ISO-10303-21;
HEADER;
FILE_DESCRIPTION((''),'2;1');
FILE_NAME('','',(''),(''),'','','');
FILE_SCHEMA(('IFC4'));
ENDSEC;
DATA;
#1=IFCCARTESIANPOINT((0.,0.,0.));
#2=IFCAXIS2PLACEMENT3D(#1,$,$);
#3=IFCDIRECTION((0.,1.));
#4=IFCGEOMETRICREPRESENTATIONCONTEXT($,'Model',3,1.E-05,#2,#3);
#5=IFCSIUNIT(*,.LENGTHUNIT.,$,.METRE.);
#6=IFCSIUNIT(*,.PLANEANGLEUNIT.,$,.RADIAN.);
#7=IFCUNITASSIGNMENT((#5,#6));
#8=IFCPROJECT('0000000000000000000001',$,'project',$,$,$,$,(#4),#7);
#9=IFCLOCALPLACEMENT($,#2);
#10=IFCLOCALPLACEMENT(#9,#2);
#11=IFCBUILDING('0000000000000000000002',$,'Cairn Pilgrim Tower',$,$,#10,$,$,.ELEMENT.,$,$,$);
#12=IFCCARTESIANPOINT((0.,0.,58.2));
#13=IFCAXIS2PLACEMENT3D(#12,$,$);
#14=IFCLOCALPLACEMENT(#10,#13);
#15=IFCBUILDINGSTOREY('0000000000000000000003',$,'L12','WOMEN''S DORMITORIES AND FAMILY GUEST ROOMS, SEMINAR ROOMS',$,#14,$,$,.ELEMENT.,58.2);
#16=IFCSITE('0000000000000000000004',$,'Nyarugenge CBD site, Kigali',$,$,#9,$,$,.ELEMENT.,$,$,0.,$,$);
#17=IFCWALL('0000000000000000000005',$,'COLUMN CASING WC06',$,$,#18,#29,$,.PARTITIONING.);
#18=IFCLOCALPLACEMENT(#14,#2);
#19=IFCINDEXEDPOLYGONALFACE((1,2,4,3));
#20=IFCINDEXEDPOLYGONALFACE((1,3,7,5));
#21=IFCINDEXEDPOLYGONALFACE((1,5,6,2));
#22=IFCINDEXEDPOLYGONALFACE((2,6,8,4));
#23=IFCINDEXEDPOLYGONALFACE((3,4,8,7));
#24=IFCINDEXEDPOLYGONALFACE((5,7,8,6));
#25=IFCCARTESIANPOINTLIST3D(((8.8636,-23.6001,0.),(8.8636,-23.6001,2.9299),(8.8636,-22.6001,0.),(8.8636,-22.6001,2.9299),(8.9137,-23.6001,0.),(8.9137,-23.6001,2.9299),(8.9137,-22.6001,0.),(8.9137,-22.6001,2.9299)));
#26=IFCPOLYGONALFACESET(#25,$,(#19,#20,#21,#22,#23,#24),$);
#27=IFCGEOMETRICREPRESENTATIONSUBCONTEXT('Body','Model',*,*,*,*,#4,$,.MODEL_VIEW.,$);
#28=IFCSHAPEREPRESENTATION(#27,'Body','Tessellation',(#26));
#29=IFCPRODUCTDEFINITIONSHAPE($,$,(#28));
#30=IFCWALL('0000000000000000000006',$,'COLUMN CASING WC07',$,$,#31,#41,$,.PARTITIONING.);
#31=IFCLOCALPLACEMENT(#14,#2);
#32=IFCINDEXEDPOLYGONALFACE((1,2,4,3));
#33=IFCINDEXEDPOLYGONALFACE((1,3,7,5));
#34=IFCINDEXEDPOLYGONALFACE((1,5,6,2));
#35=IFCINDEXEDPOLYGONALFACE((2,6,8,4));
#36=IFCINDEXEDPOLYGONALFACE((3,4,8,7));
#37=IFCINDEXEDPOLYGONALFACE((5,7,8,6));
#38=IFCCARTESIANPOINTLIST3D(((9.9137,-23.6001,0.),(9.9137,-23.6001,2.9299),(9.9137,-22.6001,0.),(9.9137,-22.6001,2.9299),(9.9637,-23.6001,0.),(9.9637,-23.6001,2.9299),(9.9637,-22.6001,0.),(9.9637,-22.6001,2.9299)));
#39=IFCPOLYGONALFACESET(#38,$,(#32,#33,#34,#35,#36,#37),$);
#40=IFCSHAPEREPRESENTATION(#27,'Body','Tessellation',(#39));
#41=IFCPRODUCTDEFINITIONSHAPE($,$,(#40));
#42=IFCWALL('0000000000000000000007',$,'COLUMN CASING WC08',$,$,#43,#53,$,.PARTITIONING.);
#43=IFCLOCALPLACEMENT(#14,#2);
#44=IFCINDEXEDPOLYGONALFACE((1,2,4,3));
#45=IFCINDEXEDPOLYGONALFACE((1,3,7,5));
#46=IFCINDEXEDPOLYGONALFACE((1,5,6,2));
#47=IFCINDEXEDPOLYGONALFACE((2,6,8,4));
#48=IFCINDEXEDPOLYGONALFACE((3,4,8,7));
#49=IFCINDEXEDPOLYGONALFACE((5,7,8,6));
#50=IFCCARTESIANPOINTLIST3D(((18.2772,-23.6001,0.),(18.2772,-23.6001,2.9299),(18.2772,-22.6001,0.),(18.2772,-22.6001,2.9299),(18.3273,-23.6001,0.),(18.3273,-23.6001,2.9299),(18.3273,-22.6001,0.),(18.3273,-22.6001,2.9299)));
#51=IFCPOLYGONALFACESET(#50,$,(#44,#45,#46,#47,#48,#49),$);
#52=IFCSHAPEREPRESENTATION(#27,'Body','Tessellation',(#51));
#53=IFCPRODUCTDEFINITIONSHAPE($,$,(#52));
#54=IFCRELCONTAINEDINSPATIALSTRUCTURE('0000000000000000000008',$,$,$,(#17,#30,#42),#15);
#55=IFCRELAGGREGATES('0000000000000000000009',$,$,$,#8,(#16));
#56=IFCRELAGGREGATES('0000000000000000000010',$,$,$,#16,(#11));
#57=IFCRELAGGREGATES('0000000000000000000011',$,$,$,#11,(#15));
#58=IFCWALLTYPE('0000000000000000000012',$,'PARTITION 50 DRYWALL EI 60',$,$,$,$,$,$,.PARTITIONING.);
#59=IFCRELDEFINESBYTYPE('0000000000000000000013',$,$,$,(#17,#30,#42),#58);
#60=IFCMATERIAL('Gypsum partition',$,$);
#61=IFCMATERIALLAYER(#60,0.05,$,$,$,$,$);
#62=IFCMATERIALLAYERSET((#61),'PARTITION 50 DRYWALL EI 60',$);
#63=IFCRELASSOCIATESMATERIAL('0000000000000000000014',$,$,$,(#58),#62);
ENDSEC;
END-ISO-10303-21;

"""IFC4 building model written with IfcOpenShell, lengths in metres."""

from ifc_helpers import new_model, si_unit, direction, frame, frame_2d, origin, place, context, subcontext, project, spatial, rectangle, extrude, material, layer, layer_set, type_object, element, save


model = new_model("IFC4")

# Units and contexts
model_context = context("Model", 3, precision=1e-05, world=origin(), true_north=direction((0.0, 1.0)))
body_context = subcontext(model_context, "Body", "Model", "MODEL_VIEW")
ifc_project = project(units=[si_unit("LENGTHUNIT", "METRE"), si_unit("PLANEANGLEUNIT", "RADIAN")], contexts=[model_context])

# Site, building, storey
site_placement = place(None, origin())
site = spatial("IfcSite", under=ifc_project, at=site_placement, Name="Nyarugenge CBD site, Kigali", CompositionType="ELEMENT", RefElevation=0.0)
building_placement = place(site_placement, origin())
building = spatial("IfcBuilding", under=site, at=building_placement, Name="Cairn Pilgrim Tower", CompositionType="ELEMENT")
storey_placement = place(building_placement, frame((0.0, 0.0, 58.2)))
storey = spatial("IfcBuildingStorey", under=building, at=storey_placement, Name="L12", Description="WOMEN'S DORMITORIES AND FAMILY GUEST ROOMS, SEMINAR ROOMS", CompositionType="ELEMENT", Elevation=58.2)

# Shared definitions
ifc_material_1 = material(Name="Gypsum partition")

# Walls
ifc_layer_1 = layer(ifc_material_1, 0.05)
ifc_layer_set_1 = layer_set([ifc_layer_1], Name="PARTITION 50 DRYWALL EI 60")
wall_type_1 = type_object("IfcWallType", Name="PARTITION 50 DRYWALL EI 60", PredefinedType="PARTITIONING", material=ifc_layer_set_1)
for number, where, z_axis, x_axis, name in (
    (1, (8.8887, -23.6001, 0.0), (0.0, 0.0, 1.0), (0.0, 1.0, 0.0), "COLUMN CASING WC06"),
    (2, (9.9387, -23.6001, 0.0), (0.0, 0.0, 1.0), (0.0, 1.0, 0.0), "COLUMN CASING WC07"),
    (3, (18.3022, -23.6001, 0.0), (0.0, 0.0, 1.0), (0.0, 1.0, 0.0), "COLUMN CASING WC08"),
):
    element("IfcWall", number, at=place(storey_placement, frame(where, z_axis=z_axis, x_axis=x_axis)), inside=storey, type_object=wall_type_1, Name=name, PredefinedType="PARTITIONING", context=body_context, shape_type="SweptSolid", body=[
        extrude(rectangle(XDim=1.0, YDim=0.05, at=frame_2d((0.5, 0.0))), origin(), (0.0, 0.0, 1.0), 2.9299),
    ])

save(model, "model.ifc")
